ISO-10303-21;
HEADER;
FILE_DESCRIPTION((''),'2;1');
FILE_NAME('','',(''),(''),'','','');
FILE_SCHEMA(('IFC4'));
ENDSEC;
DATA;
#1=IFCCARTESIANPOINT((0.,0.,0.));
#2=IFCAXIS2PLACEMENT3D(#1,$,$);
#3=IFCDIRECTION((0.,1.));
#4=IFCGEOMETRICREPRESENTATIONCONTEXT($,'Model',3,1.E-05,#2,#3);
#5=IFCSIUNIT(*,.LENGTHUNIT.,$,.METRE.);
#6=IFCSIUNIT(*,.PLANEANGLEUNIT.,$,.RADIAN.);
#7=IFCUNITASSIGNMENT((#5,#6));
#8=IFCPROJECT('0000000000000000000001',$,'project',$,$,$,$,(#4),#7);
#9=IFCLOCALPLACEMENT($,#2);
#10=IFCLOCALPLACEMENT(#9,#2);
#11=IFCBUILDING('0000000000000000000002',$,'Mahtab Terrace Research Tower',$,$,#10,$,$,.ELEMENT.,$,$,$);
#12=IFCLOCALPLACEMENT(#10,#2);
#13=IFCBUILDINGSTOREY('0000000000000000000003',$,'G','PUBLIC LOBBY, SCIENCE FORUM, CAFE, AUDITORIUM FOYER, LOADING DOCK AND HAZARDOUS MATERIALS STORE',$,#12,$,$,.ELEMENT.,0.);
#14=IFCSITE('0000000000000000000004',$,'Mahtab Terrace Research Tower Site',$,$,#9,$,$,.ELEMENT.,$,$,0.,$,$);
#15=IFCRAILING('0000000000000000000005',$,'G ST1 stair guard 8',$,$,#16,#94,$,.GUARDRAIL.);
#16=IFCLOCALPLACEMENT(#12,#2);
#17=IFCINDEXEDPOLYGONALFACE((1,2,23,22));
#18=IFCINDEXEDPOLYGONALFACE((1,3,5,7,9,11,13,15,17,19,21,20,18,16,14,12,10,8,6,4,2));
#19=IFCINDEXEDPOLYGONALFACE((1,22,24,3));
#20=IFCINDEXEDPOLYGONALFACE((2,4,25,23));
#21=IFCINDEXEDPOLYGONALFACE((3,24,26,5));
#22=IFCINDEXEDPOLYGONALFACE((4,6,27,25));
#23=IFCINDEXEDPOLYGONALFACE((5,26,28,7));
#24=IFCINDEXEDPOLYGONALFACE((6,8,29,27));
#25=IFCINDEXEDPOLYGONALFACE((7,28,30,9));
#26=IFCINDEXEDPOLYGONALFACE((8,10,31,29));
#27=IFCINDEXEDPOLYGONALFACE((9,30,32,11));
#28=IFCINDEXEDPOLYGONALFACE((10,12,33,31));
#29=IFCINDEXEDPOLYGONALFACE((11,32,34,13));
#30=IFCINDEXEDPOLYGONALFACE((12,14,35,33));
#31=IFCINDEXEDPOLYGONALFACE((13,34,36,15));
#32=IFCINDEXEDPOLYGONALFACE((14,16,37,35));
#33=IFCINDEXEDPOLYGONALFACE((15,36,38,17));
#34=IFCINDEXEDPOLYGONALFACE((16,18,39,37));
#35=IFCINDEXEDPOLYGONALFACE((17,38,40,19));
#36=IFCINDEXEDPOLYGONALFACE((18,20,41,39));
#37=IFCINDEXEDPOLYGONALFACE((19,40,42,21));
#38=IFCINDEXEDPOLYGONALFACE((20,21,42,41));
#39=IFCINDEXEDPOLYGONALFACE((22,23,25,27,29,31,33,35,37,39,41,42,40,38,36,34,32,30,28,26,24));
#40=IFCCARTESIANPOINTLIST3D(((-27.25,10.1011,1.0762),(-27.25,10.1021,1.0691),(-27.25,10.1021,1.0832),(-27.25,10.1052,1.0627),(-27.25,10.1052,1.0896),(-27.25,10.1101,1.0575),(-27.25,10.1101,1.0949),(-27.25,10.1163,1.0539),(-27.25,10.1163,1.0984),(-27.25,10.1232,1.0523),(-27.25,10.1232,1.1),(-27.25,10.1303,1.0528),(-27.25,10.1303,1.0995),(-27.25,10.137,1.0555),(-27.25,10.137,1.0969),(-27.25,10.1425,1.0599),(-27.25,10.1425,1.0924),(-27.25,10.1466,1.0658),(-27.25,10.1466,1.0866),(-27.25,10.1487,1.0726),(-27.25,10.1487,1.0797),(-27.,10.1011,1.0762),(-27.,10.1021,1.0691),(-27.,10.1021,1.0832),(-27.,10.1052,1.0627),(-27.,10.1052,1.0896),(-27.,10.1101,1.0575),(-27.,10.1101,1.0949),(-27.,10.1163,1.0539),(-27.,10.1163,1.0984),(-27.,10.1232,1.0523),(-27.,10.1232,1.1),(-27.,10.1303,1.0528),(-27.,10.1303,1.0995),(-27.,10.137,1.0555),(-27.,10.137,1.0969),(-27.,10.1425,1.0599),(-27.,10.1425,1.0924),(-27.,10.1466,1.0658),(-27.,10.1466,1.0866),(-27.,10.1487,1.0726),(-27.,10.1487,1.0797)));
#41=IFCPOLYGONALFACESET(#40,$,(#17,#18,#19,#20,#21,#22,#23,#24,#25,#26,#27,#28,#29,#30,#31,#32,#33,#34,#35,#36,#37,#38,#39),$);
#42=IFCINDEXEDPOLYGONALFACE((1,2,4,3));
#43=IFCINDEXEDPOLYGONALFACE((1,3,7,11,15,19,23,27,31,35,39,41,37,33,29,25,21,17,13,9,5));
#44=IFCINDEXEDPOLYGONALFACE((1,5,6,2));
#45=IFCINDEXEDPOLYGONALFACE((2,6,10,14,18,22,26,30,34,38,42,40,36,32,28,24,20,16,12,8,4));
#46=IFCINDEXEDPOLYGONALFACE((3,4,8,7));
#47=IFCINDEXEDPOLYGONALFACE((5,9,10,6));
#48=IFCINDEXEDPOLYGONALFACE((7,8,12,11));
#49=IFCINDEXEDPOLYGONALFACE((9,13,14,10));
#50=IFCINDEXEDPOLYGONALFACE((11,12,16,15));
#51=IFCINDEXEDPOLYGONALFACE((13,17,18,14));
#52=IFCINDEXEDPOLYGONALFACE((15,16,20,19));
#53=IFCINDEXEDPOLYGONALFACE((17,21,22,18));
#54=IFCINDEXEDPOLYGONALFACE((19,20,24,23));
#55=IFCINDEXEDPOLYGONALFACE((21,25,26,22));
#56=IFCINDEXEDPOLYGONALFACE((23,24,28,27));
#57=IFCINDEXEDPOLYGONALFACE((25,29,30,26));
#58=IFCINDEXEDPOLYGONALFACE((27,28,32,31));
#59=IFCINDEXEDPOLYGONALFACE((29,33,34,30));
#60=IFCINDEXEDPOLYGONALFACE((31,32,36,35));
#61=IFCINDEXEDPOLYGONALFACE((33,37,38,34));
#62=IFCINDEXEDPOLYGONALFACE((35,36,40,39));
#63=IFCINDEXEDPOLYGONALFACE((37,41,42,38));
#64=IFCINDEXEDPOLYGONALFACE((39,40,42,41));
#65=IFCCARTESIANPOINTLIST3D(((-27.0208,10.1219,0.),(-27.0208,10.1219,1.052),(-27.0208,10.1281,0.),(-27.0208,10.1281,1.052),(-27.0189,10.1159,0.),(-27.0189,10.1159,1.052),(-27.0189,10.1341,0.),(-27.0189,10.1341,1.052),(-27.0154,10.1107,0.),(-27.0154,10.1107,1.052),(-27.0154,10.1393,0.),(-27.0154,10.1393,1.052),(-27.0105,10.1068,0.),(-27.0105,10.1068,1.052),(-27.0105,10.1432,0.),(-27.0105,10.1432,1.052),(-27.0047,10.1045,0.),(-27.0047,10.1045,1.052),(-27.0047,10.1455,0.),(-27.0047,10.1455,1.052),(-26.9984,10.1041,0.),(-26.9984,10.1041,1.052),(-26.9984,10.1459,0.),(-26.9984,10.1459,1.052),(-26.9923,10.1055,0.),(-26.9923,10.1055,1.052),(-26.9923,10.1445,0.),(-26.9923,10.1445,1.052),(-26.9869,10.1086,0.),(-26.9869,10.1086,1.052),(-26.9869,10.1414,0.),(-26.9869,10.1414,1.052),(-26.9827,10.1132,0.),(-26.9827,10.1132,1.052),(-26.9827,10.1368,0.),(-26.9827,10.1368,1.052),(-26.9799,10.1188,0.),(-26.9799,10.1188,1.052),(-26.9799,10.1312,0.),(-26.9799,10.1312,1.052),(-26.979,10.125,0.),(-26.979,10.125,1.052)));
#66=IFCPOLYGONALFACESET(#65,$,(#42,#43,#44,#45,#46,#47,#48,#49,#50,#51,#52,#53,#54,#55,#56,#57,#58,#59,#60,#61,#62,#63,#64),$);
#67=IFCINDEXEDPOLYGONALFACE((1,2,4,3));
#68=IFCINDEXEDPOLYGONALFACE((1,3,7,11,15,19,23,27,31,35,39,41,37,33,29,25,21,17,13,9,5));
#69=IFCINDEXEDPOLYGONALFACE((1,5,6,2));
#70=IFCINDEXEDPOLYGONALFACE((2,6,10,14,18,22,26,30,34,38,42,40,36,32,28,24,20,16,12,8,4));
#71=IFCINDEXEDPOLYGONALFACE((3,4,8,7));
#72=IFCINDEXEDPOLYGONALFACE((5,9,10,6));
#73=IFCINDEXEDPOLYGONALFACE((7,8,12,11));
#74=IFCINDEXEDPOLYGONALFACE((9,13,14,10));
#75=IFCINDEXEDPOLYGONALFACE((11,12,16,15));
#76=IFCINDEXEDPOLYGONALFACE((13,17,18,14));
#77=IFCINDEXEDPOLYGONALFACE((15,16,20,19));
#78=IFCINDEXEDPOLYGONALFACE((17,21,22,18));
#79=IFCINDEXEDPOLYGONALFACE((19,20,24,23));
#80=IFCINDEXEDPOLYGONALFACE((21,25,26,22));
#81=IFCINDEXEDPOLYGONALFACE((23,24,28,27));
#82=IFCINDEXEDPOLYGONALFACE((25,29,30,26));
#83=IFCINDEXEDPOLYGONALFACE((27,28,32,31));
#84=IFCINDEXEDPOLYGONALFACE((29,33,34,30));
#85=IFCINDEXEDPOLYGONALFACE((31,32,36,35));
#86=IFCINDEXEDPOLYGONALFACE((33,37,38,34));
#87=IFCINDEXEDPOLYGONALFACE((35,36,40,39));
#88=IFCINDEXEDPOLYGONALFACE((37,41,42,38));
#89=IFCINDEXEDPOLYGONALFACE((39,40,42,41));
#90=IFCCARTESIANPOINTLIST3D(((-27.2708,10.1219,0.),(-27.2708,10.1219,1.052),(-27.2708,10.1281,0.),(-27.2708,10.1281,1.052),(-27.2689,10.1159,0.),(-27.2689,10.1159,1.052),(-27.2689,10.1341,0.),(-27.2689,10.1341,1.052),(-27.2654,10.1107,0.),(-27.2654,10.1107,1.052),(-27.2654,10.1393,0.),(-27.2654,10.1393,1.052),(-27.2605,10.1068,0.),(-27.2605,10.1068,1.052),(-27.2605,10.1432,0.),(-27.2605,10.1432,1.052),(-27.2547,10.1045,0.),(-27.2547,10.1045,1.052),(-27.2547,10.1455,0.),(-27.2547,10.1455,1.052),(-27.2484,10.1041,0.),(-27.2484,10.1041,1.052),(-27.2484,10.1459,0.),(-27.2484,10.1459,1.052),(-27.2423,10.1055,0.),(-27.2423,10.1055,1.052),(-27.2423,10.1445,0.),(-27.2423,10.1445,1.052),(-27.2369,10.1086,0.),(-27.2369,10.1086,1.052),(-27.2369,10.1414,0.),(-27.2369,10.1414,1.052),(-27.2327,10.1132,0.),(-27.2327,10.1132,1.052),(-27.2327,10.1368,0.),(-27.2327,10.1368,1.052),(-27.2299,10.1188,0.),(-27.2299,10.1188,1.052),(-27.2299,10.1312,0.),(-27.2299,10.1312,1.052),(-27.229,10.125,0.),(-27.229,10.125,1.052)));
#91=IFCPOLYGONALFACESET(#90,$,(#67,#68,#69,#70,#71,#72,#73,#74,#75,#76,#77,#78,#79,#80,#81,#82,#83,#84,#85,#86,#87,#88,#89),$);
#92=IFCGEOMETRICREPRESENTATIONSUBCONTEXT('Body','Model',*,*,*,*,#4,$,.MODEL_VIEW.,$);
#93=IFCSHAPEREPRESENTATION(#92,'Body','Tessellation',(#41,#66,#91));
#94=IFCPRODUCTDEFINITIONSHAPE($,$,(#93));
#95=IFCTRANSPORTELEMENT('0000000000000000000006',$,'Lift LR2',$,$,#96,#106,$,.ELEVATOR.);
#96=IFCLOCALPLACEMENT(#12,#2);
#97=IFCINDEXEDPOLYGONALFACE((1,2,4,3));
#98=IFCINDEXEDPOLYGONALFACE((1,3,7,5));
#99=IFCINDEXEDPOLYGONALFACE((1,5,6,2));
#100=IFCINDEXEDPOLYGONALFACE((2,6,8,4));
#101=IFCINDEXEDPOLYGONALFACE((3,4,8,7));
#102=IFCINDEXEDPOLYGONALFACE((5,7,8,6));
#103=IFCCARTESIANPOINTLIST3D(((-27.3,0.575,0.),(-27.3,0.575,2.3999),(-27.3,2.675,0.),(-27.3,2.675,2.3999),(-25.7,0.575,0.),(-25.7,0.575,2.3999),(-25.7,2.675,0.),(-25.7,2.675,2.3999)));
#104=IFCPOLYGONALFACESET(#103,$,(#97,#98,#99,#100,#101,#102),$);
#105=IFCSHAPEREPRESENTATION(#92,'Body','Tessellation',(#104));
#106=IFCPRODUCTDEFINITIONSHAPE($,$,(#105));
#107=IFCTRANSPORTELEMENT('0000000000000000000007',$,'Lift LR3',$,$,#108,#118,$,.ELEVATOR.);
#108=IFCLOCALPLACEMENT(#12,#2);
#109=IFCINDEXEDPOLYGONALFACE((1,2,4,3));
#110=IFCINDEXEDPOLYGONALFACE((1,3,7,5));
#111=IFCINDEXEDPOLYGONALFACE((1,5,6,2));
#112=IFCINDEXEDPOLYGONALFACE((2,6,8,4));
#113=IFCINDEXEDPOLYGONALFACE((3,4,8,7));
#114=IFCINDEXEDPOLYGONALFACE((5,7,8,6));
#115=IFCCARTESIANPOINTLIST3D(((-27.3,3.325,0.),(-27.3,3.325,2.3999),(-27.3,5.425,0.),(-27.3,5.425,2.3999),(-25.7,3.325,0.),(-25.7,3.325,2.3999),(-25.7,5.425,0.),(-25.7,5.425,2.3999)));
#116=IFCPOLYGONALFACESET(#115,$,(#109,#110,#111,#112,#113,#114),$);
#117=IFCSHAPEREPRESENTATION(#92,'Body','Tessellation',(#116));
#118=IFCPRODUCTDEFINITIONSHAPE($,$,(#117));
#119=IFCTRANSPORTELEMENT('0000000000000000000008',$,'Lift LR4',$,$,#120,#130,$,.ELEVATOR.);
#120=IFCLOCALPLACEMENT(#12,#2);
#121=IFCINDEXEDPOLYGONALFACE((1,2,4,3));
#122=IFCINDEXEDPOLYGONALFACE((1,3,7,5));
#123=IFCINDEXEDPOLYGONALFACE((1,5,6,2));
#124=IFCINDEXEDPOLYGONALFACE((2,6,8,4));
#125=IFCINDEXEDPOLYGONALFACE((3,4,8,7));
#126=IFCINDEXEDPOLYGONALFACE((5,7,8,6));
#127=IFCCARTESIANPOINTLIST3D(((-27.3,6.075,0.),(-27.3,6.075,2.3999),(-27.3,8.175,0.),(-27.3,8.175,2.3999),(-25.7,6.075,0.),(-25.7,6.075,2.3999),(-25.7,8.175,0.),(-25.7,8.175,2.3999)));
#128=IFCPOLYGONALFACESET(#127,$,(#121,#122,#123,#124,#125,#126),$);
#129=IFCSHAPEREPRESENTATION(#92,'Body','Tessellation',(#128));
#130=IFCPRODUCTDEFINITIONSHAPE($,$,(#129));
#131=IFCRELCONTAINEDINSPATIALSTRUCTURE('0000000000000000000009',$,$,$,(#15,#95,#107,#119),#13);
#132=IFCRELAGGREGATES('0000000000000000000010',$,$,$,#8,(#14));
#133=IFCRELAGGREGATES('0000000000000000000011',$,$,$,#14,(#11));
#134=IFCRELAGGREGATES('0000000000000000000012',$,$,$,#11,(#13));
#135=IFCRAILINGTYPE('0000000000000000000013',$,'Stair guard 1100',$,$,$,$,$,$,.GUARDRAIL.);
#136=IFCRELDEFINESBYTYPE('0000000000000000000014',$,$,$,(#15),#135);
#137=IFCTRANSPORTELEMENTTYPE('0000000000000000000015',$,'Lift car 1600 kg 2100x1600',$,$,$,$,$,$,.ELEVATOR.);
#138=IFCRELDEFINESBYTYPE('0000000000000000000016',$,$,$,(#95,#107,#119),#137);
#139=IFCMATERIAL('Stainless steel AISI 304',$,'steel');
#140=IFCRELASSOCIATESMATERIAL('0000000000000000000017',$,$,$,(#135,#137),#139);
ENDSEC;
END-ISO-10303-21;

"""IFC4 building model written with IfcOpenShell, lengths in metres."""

from ifc_helpers import new_model, si_unit, direction, frame, origin, origin_2d, place, context, subcontext, project, spatial, rectangle, circle, extrude, material, type_object, element, save


model = new_model("IFC4")

# Units and contexts
model_context = context("Model", 3, precision=1e-05, world=origin(), true_north=direction((0.0, 1.0)))
body_context = subcontext(model_context, "Body", "Model", "MODEL_VIEW")
ifc_project = project(units=[si_unit("LENGTHUNIT", "METRE"), si_unit("PLANEANGLEUNIT", "RADIAN")], contexts=[model_context])

# Site, building, storey
site_placement = place(None, origin())
site = spatial("IfcSite", under=ifc_project, at=site_placement, Name="Mahtab Terrace Research Tower Site", CompositionType="ELEMENT", RefElevation=0.0)
building_placement = place(site_placement, origin())
building = spatial("IfcBuilding", under=site, at=building_placement, Name="Mahtab Terrace Research Tower", CompositionType="ELEMENT")
storey_placement = place(building_placement, origin())
storey = spatial("IfcBuildingStorey", under=building, at=storey_placement, Name="G", Description="PUBLIC LOBBY, SCIENCE FORUM, CAFE, AUDITORIUM FOYER, LOADING DOCK AND HAZARDOUS MATERIALS STORE", CompositionType="ELEMENT", Elevation=0.0)

# Railing
ifc_material_1 = material(Name="Stainless steel AISI 304", Category="steel")
railing_type = type_object("IfcRailingType", Name="Stair guard 1100", PredefinedType="GUARDRAIL", material=ifc_material_1)
railing_1_placement = place(storey_placement, frame((-27.0, 10.125, 0.0)))
element("IfcRailing", 1, at=railing_1_placement, inside=storey, type_object=railing_type, Name="G ST1 stair guard 8", PredefinedType="GUARDRAIL", context=body_context, shape_type="SweptSolid", body=[
    extrude(circle(Radius=0.0239, at=origin_2d()), frame((0.0, 0.0, 1.0762), z_axis=(-1.0, 0.0, 0.0), x_axis=(0.0, -1.0, 0.0)), (0.0, 0.0, 1.0), 0.25),
    extrude(circle(Radius=0.021, at=origin_2d()), origin(), (0.0, 0.0, 1.0), 1.052),
    extrude(circle(Radius=0.021, at=origin_2d()), frame((-0.25, 0.0, 0.0)), (0.0, 0.0, 1.0), 1.052),
])

# Transport elements
transport_element_type = type_object("IfcTransportElementType", Name="Lift car 1600 kg 2100x1600", PredefinedType="ELEVATOR", material=ifc_material_1)
for number, where, z_axis, x_axis, name in (
    (2, (-26.5, 1.625, 0.0), (0.0, 0.0, 1.0), (1.0, 0.0, 0.0), "Lift LR2"),
    (3, (-26.5, 4.375, 0.0), (0.0, 0.0, 1.0), (1.0, 0.0, 0.0), "Lift LR3"),
    (4, (-26.5, 7.125, 0.0), (0.0, 0.0, 1.0), (1.0, 0.0, 0.0), "Lift LR4"),
):
    element("IfcTransportElement", number, at=place(storey_placement, frame(where, z_axis=z_axis, x_axis=x_axis)), inside=storey, type_object=transport_element_type, Name=name, PredefinedType="ELEVATOR", context=body_context, shape_type="SweptSolid", body=[
        extrude(rectangle(XDim=1.6001, YDim=2.1001, at=origin_2d()), origin(), (0.0, 0.0, 1.0), 2.3999),
    ])

save(model, "model.ifc")
